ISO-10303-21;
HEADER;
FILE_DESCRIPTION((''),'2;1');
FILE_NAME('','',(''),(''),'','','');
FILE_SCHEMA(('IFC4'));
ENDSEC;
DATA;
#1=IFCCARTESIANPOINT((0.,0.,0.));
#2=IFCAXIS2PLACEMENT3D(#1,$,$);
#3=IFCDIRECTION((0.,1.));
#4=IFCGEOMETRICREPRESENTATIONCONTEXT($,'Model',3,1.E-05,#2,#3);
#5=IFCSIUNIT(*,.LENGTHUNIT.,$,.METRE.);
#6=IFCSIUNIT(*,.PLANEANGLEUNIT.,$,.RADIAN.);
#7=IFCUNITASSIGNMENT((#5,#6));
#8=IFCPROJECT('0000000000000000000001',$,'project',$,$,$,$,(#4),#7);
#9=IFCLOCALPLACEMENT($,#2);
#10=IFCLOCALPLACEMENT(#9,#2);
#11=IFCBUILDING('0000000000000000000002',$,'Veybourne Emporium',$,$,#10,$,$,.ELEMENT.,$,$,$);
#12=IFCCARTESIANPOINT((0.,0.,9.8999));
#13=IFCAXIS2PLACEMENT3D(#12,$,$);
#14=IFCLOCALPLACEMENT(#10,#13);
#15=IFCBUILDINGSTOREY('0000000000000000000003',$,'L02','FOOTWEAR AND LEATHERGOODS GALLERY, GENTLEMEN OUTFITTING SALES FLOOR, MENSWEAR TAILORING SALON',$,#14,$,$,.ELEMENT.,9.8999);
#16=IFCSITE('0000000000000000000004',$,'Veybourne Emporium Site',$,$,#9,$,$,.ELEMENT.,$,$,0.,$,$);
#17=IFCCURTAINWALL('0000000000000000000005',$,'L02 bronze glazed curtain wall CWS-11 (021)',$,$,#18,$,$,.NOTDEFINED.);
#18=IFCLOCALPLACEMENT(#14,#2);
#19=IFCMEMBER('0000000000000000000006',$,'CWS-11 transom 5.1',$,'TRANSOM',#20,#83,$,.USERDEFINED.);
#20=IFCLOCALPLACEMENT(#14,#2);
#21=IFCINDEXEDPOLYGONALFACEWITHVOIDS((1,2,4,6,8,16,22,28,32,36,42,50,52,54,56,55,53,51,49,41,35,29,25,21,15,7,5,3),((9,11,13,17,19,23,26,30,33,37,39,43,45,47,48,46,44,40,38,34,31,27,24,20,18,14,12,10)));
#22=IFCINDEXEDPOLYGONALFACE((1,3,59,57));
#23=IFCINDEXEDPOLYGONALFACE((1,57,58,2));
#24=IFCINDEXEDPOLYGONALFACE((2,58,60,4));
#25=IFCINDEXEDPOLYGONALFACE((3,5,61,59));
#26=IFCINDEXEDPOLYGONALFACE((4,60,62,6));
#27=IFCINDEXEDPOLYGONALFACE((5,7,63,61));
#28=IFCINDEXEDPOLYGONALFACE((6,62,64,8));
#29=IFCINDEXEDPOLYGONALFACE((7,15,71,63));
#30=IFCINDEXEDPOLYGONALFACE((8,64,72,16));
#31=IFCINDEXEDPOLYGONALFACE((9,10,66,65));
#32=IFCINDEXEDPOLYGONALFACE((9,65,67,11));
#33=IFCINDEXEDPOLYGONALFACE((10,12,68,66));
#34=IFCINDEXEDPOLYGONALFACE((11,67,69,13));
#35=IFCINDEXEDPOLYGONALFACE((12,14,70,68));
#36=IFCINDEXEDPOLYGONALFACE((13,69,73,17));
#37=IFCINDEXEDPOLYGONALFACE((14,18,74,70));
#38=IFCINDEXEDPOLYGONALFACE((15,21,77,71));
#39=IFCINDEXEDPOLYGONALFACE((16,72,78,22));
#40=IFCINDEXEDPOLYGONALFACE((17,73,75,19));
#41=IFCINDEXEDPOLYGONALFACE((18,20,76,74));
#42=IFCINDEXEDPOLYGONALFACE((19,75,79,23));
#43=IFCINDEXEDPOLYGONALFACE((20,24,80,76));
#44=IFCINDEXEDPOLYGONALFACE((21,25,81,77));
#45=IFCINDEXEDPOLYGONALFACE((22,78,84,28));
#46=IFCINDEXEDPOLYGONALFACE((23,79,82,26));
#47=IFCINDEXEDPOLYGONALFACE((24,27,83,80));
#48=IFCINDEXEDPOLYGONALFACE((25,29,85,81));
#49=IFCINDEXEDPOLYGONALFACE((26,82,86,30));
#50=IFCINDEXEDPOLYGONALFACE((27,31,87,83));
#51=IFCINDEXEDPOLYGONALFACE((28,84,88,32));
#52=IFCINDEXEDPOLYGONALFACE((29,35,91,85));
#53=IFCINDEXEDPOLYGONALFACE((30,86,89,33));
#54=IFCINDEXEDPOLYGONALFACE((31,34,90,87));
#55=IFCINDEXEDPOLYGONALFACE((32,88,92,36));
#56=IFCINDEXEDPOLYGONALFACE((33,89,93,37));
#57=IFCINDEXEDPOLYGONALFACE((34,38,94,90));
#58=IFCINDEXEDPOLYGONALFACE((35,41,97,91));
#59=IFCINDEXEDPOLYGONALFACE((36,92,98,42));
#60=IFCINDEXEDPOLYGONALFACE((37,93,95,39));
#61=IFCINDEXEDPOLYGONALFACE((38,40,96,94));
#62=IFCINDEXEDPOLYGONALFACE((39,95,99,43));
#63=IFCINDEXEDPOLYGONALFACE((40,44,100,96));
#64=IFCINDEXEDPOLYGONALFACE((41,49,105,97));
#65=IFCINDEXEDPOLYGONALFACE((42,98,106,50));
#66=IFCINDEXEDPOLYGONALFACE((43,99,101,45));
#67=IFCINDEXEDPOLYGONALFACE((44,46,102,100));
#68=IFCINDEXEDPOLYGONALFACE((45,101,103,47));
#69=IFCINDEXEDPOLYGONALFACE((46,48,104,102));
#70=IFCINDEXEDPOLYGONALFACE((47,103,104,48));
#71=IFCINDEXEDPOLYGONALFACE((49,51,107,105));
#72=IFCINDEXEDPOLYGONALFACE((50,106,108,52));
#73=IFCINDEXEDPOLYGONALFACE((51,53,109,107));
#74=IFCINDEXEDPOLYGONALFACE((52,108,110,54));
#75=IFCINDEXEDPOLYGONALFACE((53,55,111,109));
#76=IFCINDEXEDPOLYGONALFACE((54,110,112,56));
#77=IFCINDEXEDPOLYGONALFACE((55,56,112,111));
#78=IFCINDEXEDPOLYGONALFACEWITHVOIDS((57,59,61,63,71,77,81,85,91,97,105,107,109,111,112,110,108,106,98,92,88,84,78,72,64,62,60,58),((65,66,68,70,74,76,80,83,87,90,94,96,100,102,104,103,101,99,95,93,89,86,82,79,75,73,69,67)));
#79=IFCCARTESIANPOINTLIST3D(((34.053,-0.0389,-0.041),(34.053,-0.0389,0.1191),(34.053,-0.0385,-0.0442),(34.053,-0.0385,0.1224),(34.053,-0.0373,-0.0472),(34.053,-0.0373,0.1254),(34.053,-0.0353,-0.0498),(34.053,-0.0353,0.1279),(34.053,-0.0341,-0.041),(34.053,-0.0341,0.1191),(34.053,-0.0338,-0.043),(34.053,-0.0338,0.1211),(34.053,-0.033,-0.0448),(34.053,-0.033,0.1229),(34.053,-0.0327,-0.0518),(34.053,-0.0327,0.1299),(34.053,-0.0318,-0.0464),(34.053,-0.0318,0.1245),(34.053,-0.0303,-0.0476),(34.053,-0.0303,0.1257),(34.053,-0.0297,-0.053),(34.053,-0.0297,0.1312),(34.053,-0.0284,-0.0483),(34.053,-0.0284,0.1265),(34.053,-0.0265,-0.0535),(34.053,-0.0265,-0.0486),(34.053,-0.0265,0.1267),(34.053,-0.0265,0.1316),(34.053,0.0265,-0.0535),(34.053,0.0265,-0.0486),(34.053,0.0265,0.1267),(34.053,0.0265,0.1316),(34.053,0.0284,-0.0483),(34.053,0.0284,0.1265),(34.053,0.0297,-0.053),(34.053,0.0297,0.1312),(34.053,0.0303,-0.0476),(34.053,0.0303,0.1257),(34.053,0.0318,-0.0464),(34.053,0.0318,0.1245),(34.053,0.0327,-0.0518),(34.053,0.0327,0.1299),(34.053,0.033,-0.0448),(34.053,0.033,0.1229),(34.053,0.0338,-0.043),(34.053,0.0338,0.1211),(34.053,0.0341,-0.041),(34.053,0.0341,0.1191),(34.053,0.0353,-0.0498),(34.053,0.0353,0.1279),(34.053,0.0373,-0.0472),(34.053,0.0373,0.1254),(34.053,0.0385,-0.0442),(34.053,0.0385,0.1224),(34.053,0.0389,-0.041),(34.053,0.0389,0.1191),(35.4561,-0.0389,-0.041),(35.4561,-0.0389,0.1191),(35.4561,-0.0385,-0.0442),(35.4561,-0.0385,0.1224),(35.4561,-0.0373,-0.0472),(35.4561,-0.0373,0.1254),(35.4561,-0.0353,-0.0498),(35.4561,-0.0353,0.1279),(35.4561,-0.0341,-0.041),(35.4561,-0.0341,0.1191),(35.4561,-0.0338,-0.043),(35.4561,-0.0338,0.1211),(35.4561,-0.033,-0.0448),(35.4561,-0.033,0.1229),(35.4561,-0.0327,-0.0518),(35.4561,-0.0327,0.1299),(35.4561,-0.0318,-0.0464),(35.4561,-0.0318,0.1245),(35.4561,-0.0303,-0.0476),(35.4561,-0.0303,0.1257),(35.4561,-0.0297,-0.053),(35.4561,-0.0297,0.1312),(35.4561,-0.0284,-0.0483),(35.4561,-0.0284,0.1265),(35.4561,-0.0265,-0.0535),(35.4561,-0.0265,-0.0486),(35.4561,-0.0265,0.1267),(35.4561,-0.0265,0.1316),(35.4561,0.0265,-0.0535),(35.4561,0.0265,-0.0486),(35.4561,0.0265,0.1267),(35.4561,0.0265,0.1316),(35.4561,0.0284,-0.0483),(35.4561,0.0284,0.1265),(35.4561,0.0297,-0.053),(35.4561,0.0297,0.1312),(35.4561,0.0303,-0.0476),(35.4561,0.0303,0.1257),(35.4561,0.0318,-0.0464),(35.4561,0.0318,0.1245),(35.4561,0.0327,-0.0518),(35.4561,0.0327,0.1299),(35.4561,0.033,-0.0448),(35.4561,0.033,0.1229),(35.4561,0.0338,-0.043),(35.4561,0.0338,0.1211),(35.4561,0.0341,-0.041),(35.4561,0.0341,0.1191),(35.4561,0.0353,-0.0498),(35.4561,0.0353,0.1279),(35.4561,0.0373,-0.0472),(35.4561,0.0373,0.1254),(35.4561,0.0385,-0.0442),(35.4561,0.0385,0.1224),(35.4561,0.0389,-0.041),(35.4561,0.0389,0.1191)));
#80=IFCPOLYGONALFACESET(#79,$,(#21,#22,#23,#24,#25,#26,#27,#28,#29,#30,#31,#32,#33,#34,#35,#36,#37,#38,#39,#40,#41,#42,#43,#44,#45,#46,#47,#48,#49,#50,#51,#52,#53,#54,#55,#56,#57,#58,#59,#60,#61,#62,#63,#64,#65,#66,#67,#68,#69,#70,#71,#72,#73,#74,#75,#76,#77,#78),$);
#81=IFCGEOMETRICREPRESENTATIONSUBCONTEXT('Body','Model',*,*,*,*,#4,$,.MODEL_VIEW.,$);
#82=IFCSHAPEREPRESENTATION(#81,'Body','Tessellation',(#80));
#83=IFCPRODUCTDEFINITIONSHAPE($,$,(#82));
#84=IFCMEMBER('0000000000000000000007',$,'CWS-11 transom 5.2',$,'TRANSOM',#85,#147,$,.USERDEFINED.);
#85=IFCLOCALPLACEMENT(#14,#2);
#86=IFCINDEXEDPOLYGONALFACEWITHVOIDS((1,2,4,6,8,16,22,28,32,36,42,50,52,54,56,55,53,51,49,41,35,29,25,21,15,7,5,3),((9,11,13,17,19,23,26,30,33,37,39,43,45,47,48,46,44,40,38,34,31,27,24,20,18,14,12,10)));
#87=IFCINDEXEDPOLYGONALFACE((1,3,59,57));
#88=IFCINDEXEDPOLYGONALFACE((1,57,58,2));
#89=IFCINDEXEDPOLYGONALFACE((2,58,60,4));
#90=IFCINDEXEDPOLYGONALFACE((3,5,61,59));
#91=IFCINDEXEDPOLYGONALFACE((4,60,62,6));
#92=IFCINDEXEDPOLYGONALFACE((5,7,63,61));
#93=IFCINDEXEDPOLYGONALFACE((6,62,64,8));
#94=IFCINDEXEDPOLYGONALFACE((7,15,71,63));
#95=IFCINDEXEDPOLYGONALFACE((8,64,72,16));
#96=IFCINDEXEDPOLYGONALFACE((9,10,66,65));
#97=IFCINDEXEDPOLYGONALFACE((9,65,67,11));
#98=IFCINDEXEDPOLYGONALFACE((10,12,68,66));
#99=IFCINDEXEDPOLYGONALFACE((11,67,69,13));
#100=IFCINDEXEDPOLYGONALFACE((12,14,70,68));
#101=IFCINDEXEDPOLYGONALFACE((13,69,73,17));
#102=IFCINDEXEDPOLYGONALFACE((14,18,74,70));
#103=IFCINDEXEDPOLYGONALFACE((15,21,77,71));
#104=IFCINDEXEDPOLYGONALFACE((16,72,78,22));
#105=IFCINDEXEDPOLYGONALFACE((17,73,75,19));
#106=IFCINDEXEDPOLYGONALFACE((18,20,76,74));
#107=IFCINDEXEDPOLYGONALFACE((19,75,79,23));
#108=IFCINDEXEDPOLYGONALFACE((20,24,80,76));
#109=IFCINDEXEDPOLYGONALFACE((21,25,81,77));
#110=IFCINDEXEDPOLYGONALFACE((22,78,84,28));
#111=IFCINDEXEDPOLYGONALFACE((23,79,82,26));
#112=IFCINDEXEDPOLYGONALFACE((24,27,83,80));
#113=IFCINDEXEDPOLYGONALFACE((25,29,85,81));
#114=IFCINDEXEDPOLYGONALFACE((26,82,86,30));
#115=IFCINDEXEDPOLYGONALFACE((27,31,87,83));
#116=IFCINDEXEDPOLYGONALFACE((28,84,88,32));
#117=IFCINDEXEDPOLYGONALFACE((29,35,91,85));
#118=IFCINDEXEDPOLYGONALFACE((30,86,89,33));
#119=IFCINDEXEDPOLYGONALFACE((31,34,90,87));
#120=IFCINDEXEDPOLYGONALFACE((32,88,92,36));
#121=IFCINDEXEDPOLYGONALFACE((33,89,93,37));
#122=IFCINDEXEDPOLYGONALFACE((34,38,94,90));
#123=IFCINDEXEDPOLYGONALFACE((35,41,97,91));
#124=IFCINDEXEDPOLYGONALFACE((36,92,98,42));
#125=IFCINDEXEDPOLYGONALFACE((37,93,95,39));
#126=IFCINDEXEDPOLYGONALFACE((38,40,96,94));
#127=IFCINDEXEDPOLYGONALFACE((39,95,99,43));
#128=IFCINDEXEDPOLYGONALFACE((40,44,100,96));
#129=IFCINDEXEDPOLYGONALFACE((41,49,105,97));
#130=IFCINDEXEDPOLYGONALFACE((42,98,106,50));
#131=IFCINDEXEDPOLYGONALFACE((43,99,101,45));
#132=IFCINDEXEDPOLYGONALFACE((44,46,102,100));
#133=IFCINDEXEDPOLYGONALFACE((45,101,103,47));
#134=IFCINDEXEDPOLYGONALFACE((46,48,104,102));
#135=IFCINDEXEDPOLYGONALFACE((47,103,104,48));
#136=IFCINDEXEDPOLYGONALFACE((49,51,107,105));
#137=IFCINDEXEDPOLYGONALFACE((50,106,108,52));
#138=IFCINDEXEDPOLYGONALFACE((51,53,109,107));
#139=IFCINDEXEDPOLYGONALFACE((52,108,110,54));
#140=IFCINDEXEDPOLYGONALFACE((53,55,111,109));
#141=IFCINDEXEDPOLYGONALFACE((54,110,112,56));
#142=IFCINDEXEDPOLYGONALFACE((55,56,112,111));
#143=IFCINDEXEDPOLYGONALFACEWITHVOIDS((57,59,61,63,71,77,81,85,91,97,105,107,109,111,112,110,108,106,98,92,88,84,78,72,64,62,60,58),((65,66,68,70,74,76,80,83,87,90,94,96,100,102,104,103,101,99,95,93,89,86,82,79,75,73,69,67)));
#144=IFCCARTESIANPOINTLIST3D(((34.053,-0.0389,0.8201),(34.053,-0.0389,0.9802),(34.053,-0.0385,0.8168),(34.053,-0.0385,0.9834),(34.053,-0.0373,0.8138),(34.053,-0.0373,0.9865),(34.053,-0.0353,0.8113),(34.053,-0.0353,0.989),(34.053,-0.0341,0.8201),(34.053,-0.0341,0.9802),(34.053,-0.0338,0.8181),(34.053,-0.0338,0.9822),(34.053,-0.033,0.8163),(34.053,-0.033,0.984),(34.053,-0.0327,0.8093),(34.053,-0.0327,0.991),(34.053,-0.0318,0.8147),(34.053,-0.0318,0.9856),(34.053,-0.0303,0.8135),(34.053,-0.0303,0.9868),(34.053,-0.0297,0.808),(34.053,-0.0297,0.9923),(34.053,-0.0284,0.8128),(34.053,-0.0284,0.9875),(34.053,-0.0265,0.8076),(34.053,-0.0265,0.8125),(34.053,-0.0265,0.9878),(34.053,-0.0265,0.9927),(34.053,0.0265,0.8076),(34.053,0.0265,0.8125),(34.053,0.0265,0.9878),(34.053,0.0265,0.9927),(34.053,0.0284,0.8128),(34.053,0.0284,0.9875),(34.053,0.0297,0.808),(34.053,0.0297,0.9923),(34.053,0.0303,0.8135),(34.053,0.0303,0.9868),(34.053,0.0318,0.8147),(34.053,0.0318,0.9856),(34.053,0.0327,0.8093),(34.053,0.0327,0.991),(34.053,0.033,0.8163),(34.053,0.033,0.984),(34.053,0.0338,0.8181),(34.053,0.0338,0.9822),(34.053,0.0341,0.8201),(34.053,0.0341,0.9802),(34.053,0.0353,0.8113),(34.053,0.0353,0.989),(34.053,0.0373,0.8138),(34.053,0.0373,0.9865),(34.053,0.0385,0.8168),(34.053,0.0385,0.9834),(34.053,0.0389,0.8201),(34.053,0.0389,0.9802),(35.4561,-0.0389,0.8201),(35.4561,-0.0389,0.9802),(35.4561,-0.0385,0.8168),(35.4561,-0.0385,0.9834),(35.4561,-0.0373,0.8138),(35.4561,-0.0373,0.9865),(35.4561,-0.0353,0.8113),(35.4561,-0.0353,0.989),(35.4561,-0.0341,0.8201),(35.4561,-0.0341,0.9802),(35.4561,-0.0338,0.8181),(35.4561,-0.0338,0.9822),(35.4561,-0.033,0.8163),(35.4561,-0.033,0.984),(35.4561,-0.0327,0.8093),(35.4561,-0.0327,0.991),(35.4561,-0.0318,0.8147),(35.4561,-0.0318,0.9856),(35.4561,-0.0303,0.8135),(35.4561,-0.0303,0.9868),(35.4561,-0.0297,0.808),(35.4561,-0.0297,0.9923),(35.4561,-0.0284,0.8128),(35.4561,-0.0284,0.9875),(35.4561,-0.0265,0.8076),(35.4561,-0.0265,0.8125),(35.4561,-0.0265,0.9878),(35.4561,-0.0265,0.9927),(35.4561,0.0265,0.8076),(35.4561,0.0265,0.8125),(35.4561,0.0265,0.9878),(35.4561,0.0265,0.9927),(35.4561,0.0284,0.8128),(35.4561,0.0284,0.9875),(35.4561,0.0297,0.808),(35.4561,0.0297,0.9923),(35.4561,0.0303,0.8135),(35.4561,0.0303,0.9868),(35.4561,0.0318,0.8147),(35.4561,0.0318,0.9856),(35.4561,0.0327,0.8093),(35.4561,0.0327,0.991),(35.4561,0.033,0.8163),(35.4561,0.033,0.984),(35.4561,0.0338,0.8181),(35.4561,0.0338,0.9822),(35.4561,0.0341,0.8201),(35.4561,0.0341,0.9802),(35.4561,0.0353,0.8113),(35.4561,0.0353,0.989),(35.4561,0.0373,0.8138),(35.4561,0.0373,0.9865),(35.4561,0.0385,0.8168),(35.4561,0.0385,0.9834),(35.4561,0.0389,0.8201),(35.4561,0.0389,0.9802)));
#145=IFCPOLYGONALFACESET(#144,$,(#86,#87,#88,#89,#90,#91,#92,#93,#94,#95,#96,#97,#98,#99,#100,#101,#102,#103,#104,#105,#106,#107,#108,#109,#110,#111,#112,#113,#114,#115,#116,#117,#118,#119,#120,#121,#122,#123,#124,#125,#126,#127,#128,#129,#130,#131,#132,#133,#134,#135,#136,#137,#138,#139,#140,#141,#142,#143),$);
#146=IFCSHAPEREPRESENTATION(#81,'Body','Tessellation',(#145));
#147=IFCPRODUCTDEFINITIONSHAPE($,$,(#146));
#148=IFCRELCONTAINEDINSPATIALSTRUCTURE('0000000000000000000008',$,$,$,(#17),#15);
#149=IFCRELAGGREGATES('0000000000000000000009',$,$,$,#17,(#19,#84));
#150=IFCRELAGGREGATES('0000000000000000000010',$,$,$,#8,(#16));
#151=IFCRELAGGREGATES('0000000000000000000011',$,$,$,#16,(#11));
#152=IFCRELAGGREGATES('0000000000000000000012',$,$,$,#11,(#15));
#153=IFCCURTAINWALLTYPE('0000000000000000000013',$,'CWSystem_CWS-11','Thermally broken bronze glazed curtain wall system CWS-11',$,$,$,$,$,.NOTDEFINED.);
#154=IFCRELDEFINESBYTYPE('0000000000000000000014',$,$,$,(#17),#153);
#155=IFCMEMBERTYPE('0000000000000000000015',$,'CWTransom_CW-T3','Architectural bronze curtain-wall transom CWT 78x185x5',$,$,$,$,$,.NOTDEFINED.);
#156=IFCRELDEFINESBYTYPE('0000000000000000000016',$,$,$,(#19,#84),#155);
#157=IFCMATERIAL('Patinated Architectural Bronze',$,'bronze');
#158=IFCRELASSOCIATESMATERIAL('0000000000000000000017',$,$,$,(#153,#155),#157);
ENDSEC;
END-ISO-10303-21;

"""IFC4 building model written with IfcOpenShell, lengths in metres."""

from ifc_helpers import new_model, si_unit, direction, frame, origin, origin_2d, place, context, subcontext, project, spatial, hollow_rectangle, extrude, material, material_profile, profile_set, type_object, element, aggregate, save


model = new_model("IFC4")

# Units and contexts
model_context = context("Model", 3, precision=1e-05, world=origin(), true_north=direction((0.0, 1.0)))
body_context = subcontext(model_context, "Body", "Model", "MODEL_VIEW")
ifc_project = project(units=[si_unit("LENGTHUNIT", "METRE"), si_unit("PLANEANGLEUNIT", "RADIAN")], contexts=[model_context])

# Site, building, storey
site_placement = place(None, origin())
site = spatial("IfcSite", under=ifc_project, at=site_placement, Name="Veybourne Emporium Site", CompositionType="ELEMENT", RefElevation=0.0)
building_placement = place(site_placement, origin())
building = spatial("IfcBuilding", under=site, at=building_placement, Name="Veybourne Emporium", CompositionType="ELEMENT")
storey_placement = place(building_placement, frame((0.0, 0.0, 9.8999)))
storey = spatial("IfcBuildingStorey", under=building, at=storey_placement, Name="L02", Description="FOOTWEAR AND LEATHERGOODS GALLERY, GENTLEMEN OUTFITTING SALES FLOOR, MENSWEAR TAILORING SALON", CompositionType="ELEMENT", Elevation=9.8999)

# Curtain wall, members
ifc_material_1 = material(Name="Patinated Architectural Bronze", Category="bronze")
curtain_wall_type = type_object("IfcCurtainWallType", Name="CWSystem_CWS-11", Description="Thermally broken bronze glazed curtain wall system CWS-11", PredefinedType="NOTDEFINED", material=ifc_material_1)
curtain_wall_placement = place(storey_placement, origin())
curtain_wall = element("IfcCurtainWall", 1, at=curtain_wall_placement, inside=storey, type_object=curtain_wall_type, Name="L02 bronze glazed curtain wall CWS-11 (021)", PredefinedType="NOTDEFINED")
ifc_material_profile_1 = material_profile(ifc_material_1, hollow_rectangle(XDim=0.0779, YDim=0.1851, WallThickness=0.0049, InnerFilletRadius=0.0076, OuterFilletRadius=0.0125, at=origin_2d()), Name="CWT 78x185x5")
ifc_profile_set_1 = profile_set([ifc_material_profile_1], Name="Patinated Architectural Bronze")
member_type_1 = type_object("IfcMemberType", Name="CWTransom_CW-T3", Description="Architectural bronze curtain-wall transom CWT 78x185x5", PredefinedType="NOTDEFINED", material=ifc_profile_set_1)
member_1_placement = place(storey_placement, frame((35.4561, 0.0, 0.0391), z_axis=(-1.0, 0.0, 0.0), x_axis=(0.0, -1.0, 0.0)))
member_1 = element("IfcMember", 2, at=member_1_placement, type_object=member_type_1, Name="CWS-11 transom 5.1", ObjectType="TRANSOM", PredefinedType="USERDEFINED", context=body_context, shape_type="SweptSolid", body=[
    extrude(hollow_rectangle(XDim=0.0779, YDim=0.1851, WallThickness=0.0049, InnerFilletRadius=0.0076, OuterFilletRadius=0.0125, at=origin_2d()), origin(), (0.0, 0.0, 1.0), 1.4031),
])
member_2_placement = place(storey_placement, frame((35.4561, 0.0, 0.9001), z_axis=(-1.0, 0.0, 0.0), x_axis=(0.0, -1.0, 0.0)))
member_2 = element("IfcMember", 3, at=member_2_placement, type_object=member_type_1, Name="CWS-11 transom 5.2", ObjectType="TRANSOM", PredefinedType="USERDEFINED", context=body_context, shape_type="SweptSolid", body=[
    extrude(hollow_rectangle(XDim=0.0779, YDim=0.1851, WallThickness=0.0049, InnerFilletRadius=0.0076, OuterFilletRadius=0.0125, at=origin_2d()), origin(), (0.0, 0.0, 1.0), 1.4031),
])

aggregate(curtain_wall, [member_1, member_2])

save(model, "model.ifc")
